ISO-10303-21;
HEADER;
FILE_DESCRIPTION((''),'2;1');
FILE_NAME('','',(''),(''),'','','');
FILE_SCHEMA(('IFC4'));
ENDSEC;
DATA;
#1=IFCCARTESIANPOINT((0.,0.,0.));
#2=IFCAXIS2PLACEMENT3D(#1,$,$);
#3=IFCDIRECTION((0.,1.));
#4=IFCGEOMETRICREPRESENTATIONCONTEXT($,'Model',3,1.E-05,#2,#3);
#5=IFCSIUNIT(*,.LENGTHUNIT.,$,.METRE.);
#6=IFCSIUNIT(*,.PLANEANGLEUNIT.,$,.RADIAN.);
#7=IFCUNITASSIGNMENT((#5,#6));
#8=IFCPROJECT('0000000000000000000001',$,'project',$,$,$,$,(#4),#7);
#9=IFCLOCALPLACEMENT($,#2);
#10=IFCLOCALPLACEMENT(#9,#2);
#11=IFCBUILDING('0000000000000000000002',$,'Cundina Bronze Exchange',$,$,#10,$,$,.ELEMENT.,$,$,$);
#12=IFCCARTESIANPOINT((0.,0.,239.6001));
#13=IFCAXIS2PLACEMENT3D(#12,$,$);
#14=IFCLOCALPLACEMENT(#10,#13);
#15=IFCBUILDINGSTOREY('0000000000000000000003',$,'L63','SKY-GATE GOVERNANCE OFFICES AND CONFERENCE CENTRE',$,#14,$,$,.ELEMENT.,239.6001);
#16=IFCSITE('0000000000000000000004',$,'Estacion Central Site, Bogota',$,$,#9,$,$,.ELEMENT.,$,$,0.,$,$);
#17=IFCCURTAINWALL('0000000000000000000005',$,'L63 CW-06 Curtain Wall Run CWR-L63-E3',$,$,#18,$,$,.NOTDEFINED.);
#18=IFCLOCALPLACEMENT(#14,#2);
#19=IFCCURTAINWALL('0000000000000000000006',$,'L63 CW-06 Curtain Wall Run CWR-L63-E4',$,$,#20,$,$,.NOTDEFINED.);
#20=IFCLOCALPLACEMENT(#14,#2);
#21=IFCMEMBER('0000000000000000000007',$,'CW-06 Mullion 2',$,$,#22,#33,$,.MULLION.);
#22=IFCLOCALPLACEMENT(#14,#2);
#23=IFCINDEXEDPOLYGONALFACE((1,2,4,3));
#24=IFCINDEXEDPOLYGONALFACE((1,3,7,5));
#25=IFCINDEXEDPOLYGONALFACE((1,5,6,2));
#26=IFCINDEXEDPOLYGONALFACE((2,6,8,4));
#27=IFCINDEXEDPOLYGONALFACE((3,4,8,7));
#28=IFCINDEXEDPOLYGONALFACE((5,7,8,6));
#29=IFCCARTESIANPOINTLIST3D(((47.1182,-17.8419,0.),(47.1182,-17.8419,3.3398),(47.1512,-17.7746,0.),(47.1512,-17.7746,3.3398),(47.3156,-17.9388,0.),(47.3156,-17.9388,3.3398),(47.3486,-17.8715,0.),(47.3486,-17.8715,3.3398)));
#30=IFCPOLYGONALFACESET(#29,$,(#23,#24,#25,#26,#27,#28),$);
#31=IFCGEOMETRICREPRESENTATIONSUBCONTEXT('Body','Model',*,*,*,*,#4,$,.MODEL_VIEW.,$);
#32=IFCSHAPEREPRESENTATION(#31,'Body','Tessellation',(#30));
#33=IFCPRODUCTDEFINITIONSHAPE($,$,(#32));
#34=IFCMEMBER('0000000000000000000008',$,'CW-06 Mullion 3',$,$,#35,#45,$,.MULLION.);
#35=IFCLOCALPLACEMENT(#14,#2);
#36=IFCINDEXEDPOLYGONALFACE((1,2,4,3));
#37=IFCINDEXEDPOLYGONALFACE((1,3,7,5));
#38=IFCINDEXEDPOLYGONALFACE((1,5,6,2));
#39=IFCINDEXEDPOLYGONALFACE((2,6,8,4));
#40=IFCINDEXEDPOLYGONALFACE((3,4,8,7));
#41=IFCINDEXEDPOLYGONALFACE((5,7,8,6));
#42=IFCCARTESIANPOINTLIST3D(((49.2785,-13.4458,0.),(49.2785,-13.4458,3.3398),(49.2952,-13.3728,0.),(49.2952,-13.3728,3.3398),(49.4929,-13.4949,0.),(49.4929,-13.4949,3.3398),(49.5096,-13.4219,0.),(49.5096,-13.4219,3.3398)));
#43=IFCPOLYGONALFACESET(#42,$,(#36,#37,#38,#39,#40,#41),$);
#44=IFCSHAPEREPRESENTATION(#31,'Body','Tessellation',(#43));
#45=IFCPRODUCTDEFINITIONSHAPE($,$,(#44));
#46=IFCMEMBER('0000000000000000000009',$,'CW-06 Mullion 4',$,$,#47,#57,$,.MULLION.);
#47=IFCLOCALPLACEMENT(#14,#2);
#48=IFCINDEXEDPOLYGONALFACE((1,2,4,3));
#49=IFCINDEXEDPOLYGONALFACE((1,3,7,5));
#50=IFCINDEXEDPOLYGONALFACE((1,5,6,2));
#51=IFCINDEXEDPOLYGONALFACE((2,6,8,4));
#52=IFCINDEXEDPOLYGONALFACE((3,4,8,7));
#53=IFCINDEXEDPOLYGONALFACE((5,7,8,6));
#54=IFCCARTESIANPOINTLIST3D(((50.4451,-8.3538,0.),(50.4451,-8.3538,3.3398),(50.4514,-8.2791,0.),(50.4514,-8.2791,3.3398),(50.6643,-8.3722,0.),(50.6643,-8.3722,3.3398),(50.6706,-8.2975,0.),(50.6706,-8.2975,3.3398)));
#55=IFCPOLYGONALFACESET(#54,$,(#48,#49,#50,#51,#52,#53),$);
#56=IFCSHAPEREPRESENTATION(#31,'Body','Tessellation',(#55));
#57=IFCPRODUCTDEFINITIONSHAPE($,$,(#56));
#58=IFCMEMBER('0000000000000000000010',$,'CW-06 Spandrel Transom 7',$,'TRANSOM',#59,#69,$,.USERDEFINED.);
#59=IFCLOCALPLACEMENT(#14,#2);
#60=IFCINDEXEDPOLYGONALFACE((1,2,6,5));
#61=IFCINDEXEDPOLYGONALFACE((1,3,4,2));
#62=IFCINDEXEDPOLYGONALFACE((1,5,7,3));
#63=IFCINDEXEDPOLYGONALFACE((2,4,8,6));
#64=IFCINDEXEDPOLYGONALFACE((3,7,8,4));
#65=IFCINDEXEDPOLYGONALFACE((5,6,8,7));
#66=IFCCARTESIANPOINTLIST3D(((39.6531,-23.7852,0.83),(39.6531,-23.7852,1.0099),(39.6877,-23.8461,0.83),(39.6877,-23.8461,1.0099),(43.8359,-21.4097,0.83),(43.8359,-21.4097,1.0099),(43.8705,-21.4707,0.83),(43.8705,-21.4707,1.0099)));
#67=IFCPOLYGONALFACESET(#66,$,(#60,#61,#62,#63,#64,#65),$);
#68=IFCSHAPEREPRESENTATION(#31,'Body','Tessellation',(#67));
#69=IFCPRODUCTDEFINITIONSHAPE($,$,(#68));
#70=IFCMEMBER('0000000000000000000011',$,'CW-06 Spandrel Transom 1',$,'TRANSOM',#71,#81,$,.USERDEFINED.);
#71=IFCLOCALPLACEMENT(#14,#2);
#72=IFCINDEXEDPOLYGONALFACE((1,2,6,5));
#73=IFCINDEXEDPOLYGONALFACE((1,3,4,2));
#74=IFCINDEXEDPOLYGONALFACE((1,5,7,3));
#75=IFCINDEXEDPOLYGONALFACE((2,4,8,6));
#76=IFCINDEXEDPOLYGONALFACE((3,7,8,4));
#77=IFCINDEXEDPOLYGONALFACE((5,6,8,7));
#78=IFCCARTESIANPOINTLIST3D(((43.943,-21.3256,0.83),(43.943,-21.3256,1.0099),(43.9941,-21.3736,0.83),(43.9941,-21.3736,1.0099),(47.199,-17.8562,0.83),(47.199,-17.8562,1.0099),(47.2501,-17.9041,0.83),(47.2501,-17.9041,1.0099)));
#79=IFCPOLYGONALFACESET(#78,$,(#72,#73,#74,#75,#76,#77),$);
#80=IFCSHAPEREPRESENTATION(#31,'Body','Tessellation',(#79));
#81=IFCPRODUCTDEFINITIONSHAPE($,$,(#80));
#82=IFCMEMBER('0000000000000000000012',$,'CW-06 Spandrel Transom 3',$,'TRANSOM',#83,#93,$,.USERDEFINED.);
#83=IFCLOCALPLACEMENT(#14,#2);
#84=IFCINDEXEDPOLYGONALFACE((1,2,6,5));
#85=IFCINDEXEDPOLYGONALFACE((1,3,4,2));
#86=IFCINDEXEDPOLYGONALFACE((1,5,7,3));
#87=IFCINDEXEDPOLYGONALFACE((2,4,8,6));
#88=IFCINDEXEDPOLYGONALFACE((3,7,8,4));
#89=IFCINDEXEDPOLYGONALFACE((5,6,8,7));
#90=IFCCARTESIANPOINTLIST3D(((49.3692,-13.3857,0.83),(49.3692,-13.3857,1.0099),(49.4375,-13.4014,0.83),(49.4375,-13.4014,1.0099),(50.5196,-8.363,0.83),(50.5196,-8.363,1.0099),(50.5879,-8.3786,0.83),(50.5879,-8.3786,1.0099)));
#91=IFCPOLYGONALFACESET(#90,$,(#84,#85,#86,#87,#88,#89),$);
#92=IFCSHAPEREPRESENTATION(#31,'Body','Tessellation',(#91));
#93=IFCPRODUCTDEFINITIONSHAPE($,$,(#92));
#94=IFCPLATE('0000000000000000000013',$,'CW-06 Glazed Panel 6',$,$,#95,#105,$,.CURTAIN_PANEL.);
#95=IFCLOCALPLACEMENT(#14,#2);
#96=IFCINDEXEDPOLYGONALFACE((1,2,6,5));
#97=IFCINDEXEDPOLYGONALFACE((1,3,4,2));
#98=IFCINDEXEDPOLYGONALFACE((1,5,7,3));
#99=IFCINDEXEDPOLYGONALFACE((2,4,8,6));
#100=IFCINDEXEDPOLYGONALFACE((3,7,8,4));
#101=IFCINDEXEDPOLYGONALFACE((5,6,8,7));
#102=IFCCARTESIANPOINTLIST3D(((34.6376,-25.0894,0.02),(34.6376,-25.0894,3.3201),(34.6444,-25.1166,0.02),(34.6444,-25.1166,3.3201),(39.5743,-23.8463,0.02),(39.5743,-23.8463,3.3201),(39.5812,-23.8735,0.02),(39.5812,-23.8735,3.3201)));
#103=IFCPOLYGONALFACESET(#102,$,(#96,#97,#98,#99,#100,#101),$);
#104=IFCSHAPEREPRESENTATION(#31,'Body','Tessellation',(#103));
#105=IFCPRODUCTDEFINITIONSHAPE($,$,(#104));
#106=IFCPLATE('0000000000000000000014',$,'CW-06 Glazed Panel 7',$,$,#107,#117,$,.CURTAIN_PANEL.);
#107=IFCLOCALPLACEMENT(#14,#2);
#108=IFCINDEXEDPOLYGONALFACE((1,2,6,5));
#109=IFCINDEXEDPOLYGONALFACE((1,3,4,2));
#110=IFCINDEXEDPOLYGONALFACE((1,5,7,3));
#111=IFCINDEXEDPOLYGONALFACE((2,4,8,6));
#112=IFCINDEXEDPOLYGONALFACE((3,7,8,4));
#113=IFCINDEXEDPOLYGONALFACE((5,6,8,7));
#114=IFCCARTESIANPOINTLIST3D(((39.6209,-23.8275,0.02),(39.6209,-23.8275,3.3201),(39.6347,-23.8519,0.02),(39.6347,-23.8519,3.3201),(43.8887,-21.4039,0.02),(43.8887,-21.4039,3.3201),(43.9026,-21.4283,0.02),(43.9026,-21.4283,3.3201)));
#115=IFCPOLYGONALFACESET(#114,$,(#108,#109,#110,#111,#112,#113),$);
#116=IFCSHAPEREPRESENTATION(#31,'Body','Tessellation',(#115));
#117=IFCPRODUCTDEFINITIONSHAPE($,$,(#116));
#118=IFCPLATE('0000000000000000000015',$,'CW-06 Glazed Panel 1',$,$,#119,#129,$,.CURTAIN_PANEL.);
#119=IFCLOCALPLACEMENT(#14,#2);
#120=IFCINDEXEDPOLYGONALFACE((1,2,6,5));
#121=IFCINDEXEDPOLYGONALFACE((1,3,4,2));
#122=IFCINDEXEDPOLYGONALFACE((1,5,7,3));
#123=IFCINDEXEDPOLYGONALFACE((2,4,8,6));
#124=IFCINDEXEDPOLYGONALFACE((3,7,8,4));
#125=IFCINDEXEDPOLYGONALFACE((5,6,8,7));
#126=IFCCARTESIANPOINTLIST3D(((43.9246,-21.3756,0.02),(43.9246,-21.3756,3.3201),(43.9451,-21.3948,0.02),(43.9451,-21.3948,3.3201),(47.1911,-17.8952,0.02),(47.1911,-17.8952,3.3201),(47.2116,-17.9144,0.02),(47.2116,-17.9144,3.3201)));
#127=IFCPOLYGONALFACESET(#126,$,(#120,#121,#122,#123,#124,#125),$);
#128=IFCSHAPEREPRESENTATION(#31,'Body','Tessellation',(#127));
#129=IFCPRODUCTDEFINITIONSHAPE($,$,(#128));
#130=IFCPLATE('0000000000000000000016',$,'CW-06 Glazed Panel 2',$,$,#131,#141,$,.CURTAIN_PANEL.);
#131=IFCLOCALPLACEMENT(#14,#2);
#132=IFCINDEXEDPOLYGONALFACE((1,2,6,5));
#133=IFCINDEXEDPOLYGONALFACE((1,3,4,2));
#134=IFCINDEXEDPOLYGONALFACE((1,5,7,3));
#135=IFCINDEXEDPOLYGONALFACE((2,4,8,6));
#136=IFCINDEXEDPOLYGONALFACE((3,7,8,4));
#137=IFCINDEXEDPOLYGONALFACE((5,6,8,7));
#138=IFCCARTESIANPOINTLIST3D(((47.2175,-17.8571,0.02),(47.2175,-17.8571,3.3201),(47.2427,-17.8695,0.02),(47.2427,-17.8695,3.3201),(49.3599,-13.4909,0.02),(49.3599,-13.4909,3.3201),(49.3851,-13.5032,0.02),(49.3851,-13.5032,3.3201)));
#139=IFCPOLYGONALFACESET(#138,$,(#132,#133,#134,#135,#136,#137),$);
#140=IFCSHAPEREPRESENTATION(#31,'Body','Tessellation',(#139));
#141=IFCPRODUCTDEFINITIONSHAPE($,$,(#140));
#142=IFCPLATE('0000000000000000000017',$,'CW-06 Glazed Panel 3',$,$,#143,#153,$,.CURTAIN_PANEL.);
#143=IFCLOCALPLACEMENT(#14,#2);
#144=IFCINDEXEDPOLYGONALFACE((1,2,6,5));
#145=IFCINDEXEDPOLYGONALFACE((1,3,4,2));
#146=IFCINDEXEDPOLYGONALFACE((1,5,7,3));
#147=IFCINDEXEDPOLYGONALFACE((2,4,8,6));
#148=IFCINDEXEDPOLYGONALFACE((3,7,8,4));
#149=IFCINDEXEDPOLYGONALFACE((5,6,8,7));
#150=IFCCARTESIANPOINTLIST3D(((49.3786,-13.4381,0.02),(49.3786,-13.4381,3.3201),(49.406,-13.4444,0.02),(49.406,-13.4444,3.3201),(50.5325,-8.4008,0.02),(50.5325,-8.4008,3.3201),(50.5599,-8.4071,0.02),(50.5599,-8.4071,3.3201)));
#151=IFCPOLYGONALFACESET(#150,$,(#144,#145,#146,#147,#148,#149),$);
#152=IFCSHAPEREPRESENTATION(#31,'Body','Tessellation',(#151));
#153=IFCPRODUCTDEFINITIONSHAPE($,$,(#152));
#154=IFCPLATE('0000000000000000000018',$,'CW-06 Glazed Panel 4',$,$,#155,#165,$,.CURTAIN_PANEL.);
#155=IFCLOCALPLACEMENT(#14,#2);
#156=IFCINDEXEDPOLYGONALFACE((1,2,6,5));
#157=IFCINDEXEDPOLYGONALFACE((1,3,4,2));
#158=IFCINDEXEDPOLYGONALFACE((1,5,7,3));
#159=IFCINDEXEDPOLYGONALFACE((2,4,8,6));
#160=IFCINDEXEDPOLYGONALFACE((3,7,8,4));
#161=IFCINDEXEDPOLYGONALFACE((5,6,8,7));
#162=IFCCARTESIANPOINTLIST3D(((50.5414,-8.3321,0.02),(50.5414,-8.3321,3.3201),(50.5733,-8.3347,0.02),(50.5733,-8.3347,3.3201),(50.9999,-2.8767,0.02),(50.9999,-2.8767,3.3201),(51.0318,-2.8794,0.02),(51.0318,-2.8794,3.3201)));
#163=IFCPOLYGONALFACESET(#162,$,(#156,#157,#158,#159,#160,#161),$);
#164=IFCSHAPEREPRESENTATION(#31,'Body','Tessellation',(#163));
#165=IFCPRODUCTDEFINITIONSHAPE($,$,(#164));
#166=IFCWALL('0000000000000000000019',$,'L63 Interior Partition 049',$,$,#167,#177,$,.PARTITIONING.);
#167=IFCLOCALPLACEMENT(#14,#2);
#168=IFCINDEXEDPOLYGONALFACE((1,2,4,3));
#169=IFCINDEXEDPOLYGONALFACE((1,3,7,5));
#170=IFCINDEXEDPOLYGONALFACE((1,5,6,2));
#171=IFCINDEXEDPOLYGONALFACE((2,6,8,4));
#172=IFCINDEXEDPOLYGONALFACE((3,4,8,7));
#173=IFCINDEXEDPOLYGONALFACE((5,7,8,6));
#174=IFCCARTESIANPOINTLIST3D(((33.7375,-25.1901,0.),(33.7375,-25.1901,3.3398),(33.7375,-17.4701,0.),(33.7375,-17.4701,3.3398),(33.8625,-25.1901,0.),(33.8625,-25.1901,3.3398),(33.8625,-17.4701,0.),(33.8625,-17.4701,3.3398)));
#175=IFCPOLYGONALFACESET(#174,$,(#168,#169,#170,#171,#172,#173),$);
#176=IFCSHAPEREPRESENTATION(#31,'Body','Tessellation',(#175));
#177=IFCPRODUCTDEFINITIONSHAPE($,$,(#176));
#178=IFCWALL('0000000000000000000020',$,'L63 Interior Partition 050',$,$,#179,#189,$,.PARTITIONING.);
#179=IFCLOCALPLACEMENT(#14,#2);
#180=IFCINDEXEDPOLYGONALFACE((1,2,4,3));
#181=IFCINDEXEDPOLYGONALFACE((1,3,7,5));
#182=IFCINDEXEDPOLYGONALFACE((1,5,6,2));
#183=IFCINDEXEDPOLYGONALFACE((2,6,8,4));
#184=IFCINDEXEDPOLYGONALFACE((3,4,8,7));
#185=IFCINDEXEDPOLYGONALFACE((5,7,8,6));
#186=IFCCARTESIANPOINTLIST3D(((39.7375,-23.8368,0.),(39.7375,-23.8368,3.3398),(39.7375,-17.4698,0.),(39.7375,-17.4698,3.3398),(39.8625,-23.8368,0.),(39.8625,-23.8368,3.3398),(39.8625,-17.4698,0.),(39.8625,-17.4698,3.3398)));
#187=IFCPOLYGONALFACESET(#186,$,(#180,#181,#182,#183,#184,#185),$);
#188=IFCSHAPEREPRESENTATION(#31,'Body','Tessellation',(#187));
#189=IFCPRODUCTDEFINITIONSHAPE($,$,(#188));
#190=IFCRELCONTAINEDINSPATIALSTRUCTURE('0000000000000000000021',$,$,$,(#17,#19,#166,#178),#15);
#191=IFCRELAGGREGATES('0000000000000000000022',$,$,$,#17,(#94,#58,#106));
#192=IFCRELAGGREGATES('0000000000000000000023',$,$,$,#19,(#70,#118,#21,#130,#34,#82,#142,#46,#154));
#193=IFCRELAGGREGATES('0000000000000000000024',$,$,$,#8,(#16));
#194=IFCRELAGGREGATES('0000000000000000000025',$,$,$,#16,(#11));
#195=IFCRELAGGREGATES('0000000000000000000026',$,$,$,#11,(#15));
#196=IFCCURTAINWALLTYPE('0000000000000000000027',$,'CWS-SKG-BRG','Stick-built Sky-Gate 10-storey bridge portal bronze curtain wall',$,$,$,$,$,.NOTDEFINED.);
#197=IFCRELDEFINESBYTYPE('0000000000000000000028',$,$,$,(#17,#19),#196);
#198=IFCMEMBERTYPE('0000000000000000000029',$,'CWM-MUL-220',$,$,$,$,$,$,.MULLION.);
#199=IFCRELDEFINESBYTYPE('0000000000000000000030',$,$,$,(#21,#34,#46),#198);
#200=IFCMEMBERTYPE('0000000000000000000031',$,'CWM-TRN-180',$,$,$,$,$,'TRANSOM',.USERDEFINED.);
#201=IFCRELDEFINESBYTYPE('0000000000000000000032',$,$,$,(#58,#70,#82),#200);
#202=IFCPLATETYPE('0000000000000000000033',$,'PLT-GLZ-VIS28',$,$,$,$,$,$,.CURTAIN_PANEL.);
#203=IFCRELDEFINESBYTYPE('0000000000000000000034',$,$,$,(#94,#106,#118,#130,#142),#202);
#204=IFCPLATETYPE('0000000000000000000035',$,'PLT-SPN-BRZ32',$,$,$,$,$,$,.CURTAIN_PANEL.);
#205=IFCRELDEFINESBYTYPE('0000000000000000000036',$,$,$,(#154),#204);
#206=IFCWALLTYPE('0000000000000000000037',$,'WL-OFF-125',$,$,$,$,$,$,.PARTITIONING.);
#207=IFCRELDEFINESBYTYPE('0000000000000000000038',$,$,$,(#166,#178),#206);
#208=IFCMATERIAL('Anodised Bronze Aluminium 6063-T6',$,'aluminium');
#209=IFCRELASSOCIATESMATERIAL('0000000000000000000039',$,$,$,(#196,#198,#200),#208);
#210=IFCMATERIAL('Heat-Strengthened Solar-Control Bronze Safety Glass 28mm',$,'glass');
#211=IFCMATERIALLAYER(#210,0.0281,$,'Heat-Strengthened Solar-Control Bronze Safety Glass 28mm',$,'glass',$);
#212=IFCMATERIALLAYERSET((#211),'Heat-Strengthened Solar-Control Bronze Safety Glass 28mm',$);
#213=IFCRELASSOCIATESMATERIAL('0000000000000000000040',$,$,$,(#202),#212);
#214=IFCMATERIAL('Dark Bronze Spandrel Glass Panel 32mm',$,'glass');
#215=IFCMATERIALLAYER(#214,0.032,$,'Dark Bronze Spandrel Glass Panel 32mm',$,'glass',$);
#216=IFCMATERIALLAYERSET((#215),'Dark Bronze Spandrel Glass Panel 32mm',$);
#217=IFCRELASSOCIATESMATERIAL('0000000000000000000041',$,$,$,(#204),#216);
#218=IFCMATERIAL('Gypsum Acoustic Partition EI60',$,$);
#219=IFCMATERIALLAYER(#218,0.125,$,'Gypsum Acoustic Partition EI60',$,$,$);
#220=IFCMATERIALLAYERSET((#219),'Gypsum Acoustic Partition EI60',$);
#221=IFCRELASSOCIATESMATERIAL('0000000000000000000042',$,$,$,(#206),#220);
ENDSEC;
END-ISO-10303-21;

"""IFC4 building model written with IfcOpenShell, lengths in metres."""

from ifc_helpers import new_model, si_unit, direction, frame, frame_2d, origin, origin_2d, place, context, subcontext, project, spatial, rectangle, extrude, material, layer, layer_set, material_profile, profile_set, type_object, element, aggregate, save


model = new_model("IFC4")

# Units and contexts
model_context = context("Model", 3, precision=1e-05, world=origin(), true_north=direction((0.0, 1.0)))
body_context = subcontext(model_context, "Body", "Model", "MODEL_VIEW")
ifc_project = project(units=[si_unit("LENGTHUNIT", "METRE"), si_unit("PLANEANGLEUNIT", "RADIAN")], contexts=[model_context])

# Site, building, storey
site_placement = place(None, origin())
site = spatial("IfcSite", under=ifc_project, at=site_placement, Name="Estacion Central Site, Bogota", CompositionType="ELEMENT", RefElevation=0.0)
building_placement = place(site_placement, origin())
building = spatial("IfcBuilding", under=site, at=building_placement, Name="Cundina Bronze Exchange", CompositionType="ELEMENT")
storey_placement = place(building_placement, frame((0.0, 0.0, 239.6001)))
storey = spatial("IfcBuildingStorey", under=building, at=storey_placement, Name="L63", Description="SKY-GATE GOVERNANCE OFFICES AND CONFERENCE CENTRE", CompositionType="ELEMENT", Elevation=239.6001)

# Curtain walls, members
ifc_material_1 = material(Name="Anodised Bronze Aluminium 6063-T6", Category="aluminium")
curtain_wall_type = type_object("IfcCurtainWallType", Name="CWS-SKG-BRG", Description="Stick-built Sky-Gate 10-storey bridge portal bronze curtain wall", PredefinedType="NOTDEFINED", material=ifc_material_1)
curtain_wall_1_placement = place(storey_placement, origin())
curtain_wall_1 = element("IfcCurtainWall", 1, at=curtain_wall_1_placement, inside=storey, type_object=curtain_wall_type, Name="L63 CW-06 Curtain Wall Run CWR-L63-E3", PredefinedType="NOTDEFINED")
ifc_material_profile_1 = material_profile(ifc_material_1, rectangle(XDim=0.075, YDim=0.22, at=origin_2d()), Name="AL75X220", Category="aluminium")
ifc_profile_set_1 = profile_set([ifc_material_profile_1], Name="Anodised Bronze Aluminium 6063-T6")
member_type_1 = type_object("IfcMemberType", Name="CWM-MUL-220", PredefinedType="MULLION", material=ifc_profile_set_1)
curtain_wall_2_placement = place(storey_placement, origin())
curtain_wall_2 = element("IfcCurtainWall", 2, at=curtain_wall_2_placement, inside=storey, type_object=curtain_wall_type, Name="L63 CW-06 Curtain Wall Run CWR-L63-E4", PredefinedType="NOTDEFINED")
member_1_placement = place(storey_placement, frame((47.2334, -17.8567, 0.0), z_axis=(0.0, 0.0, 1.0), x_axis=(0.440566, 0.89772, 0.0)))
member_1 = element("IfcMember", 3, at=member_1_placement, type_object=member_type_1, Name="CW-06 Mullion 2", PredefinedType="MULLION", context=body_context, shape_type="SweptSolid", body=[
    extrude(rectangle(XDim=0.075, YDim=0.22, at=origin_2d()), origin(), (0.0, 0.0, 1.0), 3.3398),
])
member_2_placement = place(storey_placement, frame((49.394, -13.4338, 0.0), z_axis=(0.0, 0.0, 1.0), x_axis=(0.22325, 0.974761, 0.0)))
member_2 = element("IfcMember", 4, at=member_2_placement, type_object=member_type_1, Name="CW-06 Mullion 3", PredefinedType="MULLION", context=body_context, shape_type="SweptSolid", body=[
    extrude(rectangle(XDim=0.075, YDim=0.22, at=origin_2d()), origin(), (0.0, 0.0, 1.0), 3.3398),
])
member_3_placement = place(storey_placement, frame((50.5579, -8.3257, 0.0), z_axis=(0.0, 0.0, 1.0), x_axis=(0.083678, 0.996493, 0.0)))
member_3 = element("IfcMember", 5, at=member_3_placement, type_object=member_type_1, Name="CW-06 Mullion 4", PredefinedType="MULLION", context=body_context, shape_type="SweptSolid", body=[
    extrude(rectangle(XDim=0.075, YDim=0.22, at=origin_2d()), origin(), (0.0, 0.0, 1.0), 3.3398),
])

# Members
ifc_material_profile_2 = material_profile(ifc_material_1, rectangle(XDim=0.0701, YDim=0.1799, at=origin_2d()), Name="AL70X180", Category="aluminium")
ifc_profile_set_2 = profile_set([ifc_material_profile_2], Name="Anodised Bronze Aluminium 6063-T6")
member_type_2 = type_object("IfcMemberType", Name="CWM-TRN-180", ElementType="TRANSOM", PredefinedType="USERDEFINED", material=ifc_profile_set_2)
member_4_placement = place(storey_placement, frame((39.6704, -23.8157, 0.9199), z_axis=(0.869558, 0.493831, 0.0), x_axis=(-0.493831, 0.869558, 0.0)))
member_4 = element("IfcMember", 6, at=member_4_placement, type_object=member_type_2, Name="CW-06 Spandrel Transom 7", ObjectType="TRANSOM", PredefinedType="USERDEFINED", context=body_context, shape_type="SweptSolid", body=[
    extrude(rectangle(XDim=0.0701, YDim=0.1799, at=origin_2d()), origin(), (0.0, 0.0, 1.0), 4.8103),
])
member_5_placement = place(storey_placement, frame((43.9685, -21.3496, 0.9199), z_axis=(0.684328, 0.729174, 0.0), x_axis=(-0.729174, 0.684328, 0.0)))
member_5 = element("IfcMember", 7, at=member_5_placement, type_object=member_type_2, Name="CW-06 Spandrel Transom 1", ObjectType="TRANSOM", PredefinedType="USERDEFINED", context=body_context, shape_type="SweptSolid", body=[
    extrude(rectangle(XDim=0.0701, YDim=0.1799, at=origin_2d()), origin(), (0.0, 0.0, 1.0), 4.7581),
])
member_6_placement = place(storey_placement, frame((49.4033, -13.3936, 0.9199), z_axis=(0.223257, 0.97476, 0.0), x_axis=(-0.97476, 0.223257, 0.0)))
member_6 = element("IfcMember", 8, at=member_6_placement, type_object=member_type_2, Name="CW-06 Spandrel Transom 3", ObjectType="TRANSOM", PredefinedType="USERDEFINED", context=body_context, shape_type="SweptSolid", body=[
    extrude(rectangle(XDim=0.0701, YDim=0.1799, at=origin_2d()), origin(), (0.0, 0.0, 1.0), 5.1528),
])

# Plates
ifc_material_2 = material(Name="Heat-Strengthened Solar-Control Bronze Safety Glass 28mm", Category="glass")
ifc_layer_1 = layer(ifc_material_2, 0.0281, Name="Heat-Strengthened Solar-Control Bronze Safety Glass 28mm", Category="glass")
ifc_layer_set_1 = layer_set([ifc_layer_1], Name="Heat-Strengthened Solar-Control Bronze Safety Glass 28mm")
plate_type_1 = type_object("IfcPlateType", Name="PLT-GLZ-VIS28", PredefinedType="CURTAIN_PANEL", material=ifc_layer_set_1)
plate_1_placement = place(storey_placement, frame((37.1094, -24.4814, 0.02), z_axis=(0.0, 0.0, 1.0), x_axis=(0.969732, 0.244174, 0.0)))
plate_1 = element("IfcPlate", 9, at=plate_1_placement, type_object=plate_type_1, Name="CW-06 Glazed Panel 6", PredefinedType="CURTAIN_PANEL", context=body_context, shape_type="SweptSolid", body=[
    extrude(rectangle(XDim=5.0908, YDim=0.0281, at=origin_2d()), origin(), (0.0, 0.0, 1.0), 3.3),
])
plate_2_placement = place(storey_placement, frame((41.7617, -22.6279, 0.02), z_axis=(0.0, 0.0, 1.0), x_axis=(0.869573, 0.493805, 0.0)))
plate_2 = element("IfcPlate", 10, at=plate_2_placement, type_object=plate_type_1, Name="CW-06 Glazed Panel 7", PredefinedType="CURTAIN_PANEL", context=body_context, shape_type="SweptSolid", body=[
    extrude(rectangle(XDim=4.908, YDim=0.0281, at=origin_2d()), origin(), (0.0, 0.0, 1.0), 3.3),
])
aggregate(curtain_wall_1, [plate_1, member_4, plate_2])
plate_3_placement = place(storey_placement, frame((45.5681, -19.645, 0.02), z_axis=(0.0, 0.0, 1.0), x_axis=(0.684344, 0.72916, 0.0)))
plate_3 = element("IfcPlate", 11, at=plate_3_placement, type_object=plate_type_1, Name="CW-06 Glazed Panel 1", PredefinedType="CURTAIN_PANEL", context=body_context, shape_type="SweptSolid", body=[
    extrude(rectangle(XDim=4.7732, YDim=0.0281, at=origin_2d()), origin(), (0.0, 0.0, 1.0), 3.3),
])
plate_4_placement = place(storey_placement, frame((48.3013, -15.6802, 0.02), z_axis=(0.0, 0.0, 1.0), x_axis=(0.440503, 0.897751, 0.0)))
plate_4 = element("IfcPlate", 12, at=plate_4_placement, type_object=plate_type_1, Name="CW-06 Glazed Panel 2", PredefinedType="CURTAIN_PANEL", context=body_context, shape_type="SweptSolid", body=[
    extrude(rectangle(XDim=4.8635, YDim=0.0281, at=origin_2d()), origin(), (0.0, 0.0, 1.0), 3.3),
])
plate_5_placement = place(storey_placement, frame((49.9692, -10.9226, 0.02), z_axis=(0.0, 0.0, 1.0), x_axis=(0.223284, 0.974753, 0.0)))
plate_5 = element("IfcPlate", 13, at=plate_5_placement, type_object=plate_type_1, Name="CW-06 Glazed Panel 3", PredefinedType="CURTAIN_PANEL", context=body_context, shape_type="SweptSolid", body=[
    extrude(rectangle(XDim=5.1677, YDim=0.0281, at=origin_2d()), origin(), (0.0, 0.0, 1.0), 3.3),
])
ifc_material_3 = material(Name="Dark Bronze Spandrel Glass Panel 32mm", Category="glass")
ifc_layer_2 = layer(ifc_material_3, 0.032, Name="Dark Bronze Spandrel Glass Panel 32mm", Category="glass")
ifc_layer_set_2 = layer_set([ifc_layer_2], Name="Dark Bronze Spandrel Glass Panel 32mm")
plate_type_2 = type_object("IfcPlateType", Name="PLT-SPN-BRZ32", PredefinedType="CURTAIN_PANEL", material=ifc_layer_set_2)
plate_6_placement = place(storey_placement, frame((50.7866, -5.6057, 0.02), z_axis=(0.0, 0.0, 1.0), x_axis=(0.083747, 0.996487, 0.0)))
plate_6 = element("IfcPlate", 14, at=plate_6_placement, type_object=plate_type_2, Name="CW-06 Glazed Panel 4", PredefinedType="CURTAIN_PANEL", context=body_context, shape_type="SweptSolid", body=[
    extrude(rectangle(XDim=5.4746, YDim=0.032, at=origin_2d()), origin(), (0.0, 0.0, 1.0), 3.3),
])
aggregate(curtain_wall_2, [member_5, plate_3, member_1, plate_4, member_2, member_6, plate_5, member_3, plate_6])

# Walls
ifc_material_4 = material(Name="Gypsum Acoustic Partition EI60")
ifc_layer_3 = layer(ifc_material_4, 0.125, Name="Gypsum Acoustic Partition EI60")
ifc_layer_set_3 = layer_set([ifc_layer_3], Name="Gypsum Acoustic Partition EI60")
wall_type_1 = type_object("IfcWallType", Name="WL-OFF-125", PredefinedType="PARTITIONING", material=ifc_layer_set_3)
wall_1_placement = place(storey_placement, frame((33.8, -25.1899, 0.0), z_axis=(0.0, 0.0, 1.0), x_axis=(0.0, 1.0, 0.0)))
element("IfcWall", 15, at=wall_1_placement, inside=storey, type_object=wall_type_1, Name="L63 Interior Partition 049", PredefinedType="PARTITIONING", context=body_context, shape_type="SweptSolid", body=[
    extrude(rectangle(XDim=7.72, YDim=0.125, at=frame_2d((3.8599, 0.0))), origin(), (0.0, 0.0, 1.0), 3.3398),
])
wall_2_placement = place(storey_placement, frame((39.8, -23.8369, 0.0), z_axis=(0.0, 0.0, 1.0), x_axis=(0.0, 1.0, 0.0)))
element("IfcWall", 16, at=wall_2_placement, inside=storey, type_object=wall_type_1, Name="L63 Interior Partition 050", PredefinedType="PARTITIONING", context=body_context, shape_type="SweptSolid", body=[
    extrude(rectangle(XDim=6.3669, YDim=0.125, at=frame_2d((3.1836, 0.0))), origin(), (0.0, 0.0, 1.0), 3.3398),
])

save(model, "model.ifc")
